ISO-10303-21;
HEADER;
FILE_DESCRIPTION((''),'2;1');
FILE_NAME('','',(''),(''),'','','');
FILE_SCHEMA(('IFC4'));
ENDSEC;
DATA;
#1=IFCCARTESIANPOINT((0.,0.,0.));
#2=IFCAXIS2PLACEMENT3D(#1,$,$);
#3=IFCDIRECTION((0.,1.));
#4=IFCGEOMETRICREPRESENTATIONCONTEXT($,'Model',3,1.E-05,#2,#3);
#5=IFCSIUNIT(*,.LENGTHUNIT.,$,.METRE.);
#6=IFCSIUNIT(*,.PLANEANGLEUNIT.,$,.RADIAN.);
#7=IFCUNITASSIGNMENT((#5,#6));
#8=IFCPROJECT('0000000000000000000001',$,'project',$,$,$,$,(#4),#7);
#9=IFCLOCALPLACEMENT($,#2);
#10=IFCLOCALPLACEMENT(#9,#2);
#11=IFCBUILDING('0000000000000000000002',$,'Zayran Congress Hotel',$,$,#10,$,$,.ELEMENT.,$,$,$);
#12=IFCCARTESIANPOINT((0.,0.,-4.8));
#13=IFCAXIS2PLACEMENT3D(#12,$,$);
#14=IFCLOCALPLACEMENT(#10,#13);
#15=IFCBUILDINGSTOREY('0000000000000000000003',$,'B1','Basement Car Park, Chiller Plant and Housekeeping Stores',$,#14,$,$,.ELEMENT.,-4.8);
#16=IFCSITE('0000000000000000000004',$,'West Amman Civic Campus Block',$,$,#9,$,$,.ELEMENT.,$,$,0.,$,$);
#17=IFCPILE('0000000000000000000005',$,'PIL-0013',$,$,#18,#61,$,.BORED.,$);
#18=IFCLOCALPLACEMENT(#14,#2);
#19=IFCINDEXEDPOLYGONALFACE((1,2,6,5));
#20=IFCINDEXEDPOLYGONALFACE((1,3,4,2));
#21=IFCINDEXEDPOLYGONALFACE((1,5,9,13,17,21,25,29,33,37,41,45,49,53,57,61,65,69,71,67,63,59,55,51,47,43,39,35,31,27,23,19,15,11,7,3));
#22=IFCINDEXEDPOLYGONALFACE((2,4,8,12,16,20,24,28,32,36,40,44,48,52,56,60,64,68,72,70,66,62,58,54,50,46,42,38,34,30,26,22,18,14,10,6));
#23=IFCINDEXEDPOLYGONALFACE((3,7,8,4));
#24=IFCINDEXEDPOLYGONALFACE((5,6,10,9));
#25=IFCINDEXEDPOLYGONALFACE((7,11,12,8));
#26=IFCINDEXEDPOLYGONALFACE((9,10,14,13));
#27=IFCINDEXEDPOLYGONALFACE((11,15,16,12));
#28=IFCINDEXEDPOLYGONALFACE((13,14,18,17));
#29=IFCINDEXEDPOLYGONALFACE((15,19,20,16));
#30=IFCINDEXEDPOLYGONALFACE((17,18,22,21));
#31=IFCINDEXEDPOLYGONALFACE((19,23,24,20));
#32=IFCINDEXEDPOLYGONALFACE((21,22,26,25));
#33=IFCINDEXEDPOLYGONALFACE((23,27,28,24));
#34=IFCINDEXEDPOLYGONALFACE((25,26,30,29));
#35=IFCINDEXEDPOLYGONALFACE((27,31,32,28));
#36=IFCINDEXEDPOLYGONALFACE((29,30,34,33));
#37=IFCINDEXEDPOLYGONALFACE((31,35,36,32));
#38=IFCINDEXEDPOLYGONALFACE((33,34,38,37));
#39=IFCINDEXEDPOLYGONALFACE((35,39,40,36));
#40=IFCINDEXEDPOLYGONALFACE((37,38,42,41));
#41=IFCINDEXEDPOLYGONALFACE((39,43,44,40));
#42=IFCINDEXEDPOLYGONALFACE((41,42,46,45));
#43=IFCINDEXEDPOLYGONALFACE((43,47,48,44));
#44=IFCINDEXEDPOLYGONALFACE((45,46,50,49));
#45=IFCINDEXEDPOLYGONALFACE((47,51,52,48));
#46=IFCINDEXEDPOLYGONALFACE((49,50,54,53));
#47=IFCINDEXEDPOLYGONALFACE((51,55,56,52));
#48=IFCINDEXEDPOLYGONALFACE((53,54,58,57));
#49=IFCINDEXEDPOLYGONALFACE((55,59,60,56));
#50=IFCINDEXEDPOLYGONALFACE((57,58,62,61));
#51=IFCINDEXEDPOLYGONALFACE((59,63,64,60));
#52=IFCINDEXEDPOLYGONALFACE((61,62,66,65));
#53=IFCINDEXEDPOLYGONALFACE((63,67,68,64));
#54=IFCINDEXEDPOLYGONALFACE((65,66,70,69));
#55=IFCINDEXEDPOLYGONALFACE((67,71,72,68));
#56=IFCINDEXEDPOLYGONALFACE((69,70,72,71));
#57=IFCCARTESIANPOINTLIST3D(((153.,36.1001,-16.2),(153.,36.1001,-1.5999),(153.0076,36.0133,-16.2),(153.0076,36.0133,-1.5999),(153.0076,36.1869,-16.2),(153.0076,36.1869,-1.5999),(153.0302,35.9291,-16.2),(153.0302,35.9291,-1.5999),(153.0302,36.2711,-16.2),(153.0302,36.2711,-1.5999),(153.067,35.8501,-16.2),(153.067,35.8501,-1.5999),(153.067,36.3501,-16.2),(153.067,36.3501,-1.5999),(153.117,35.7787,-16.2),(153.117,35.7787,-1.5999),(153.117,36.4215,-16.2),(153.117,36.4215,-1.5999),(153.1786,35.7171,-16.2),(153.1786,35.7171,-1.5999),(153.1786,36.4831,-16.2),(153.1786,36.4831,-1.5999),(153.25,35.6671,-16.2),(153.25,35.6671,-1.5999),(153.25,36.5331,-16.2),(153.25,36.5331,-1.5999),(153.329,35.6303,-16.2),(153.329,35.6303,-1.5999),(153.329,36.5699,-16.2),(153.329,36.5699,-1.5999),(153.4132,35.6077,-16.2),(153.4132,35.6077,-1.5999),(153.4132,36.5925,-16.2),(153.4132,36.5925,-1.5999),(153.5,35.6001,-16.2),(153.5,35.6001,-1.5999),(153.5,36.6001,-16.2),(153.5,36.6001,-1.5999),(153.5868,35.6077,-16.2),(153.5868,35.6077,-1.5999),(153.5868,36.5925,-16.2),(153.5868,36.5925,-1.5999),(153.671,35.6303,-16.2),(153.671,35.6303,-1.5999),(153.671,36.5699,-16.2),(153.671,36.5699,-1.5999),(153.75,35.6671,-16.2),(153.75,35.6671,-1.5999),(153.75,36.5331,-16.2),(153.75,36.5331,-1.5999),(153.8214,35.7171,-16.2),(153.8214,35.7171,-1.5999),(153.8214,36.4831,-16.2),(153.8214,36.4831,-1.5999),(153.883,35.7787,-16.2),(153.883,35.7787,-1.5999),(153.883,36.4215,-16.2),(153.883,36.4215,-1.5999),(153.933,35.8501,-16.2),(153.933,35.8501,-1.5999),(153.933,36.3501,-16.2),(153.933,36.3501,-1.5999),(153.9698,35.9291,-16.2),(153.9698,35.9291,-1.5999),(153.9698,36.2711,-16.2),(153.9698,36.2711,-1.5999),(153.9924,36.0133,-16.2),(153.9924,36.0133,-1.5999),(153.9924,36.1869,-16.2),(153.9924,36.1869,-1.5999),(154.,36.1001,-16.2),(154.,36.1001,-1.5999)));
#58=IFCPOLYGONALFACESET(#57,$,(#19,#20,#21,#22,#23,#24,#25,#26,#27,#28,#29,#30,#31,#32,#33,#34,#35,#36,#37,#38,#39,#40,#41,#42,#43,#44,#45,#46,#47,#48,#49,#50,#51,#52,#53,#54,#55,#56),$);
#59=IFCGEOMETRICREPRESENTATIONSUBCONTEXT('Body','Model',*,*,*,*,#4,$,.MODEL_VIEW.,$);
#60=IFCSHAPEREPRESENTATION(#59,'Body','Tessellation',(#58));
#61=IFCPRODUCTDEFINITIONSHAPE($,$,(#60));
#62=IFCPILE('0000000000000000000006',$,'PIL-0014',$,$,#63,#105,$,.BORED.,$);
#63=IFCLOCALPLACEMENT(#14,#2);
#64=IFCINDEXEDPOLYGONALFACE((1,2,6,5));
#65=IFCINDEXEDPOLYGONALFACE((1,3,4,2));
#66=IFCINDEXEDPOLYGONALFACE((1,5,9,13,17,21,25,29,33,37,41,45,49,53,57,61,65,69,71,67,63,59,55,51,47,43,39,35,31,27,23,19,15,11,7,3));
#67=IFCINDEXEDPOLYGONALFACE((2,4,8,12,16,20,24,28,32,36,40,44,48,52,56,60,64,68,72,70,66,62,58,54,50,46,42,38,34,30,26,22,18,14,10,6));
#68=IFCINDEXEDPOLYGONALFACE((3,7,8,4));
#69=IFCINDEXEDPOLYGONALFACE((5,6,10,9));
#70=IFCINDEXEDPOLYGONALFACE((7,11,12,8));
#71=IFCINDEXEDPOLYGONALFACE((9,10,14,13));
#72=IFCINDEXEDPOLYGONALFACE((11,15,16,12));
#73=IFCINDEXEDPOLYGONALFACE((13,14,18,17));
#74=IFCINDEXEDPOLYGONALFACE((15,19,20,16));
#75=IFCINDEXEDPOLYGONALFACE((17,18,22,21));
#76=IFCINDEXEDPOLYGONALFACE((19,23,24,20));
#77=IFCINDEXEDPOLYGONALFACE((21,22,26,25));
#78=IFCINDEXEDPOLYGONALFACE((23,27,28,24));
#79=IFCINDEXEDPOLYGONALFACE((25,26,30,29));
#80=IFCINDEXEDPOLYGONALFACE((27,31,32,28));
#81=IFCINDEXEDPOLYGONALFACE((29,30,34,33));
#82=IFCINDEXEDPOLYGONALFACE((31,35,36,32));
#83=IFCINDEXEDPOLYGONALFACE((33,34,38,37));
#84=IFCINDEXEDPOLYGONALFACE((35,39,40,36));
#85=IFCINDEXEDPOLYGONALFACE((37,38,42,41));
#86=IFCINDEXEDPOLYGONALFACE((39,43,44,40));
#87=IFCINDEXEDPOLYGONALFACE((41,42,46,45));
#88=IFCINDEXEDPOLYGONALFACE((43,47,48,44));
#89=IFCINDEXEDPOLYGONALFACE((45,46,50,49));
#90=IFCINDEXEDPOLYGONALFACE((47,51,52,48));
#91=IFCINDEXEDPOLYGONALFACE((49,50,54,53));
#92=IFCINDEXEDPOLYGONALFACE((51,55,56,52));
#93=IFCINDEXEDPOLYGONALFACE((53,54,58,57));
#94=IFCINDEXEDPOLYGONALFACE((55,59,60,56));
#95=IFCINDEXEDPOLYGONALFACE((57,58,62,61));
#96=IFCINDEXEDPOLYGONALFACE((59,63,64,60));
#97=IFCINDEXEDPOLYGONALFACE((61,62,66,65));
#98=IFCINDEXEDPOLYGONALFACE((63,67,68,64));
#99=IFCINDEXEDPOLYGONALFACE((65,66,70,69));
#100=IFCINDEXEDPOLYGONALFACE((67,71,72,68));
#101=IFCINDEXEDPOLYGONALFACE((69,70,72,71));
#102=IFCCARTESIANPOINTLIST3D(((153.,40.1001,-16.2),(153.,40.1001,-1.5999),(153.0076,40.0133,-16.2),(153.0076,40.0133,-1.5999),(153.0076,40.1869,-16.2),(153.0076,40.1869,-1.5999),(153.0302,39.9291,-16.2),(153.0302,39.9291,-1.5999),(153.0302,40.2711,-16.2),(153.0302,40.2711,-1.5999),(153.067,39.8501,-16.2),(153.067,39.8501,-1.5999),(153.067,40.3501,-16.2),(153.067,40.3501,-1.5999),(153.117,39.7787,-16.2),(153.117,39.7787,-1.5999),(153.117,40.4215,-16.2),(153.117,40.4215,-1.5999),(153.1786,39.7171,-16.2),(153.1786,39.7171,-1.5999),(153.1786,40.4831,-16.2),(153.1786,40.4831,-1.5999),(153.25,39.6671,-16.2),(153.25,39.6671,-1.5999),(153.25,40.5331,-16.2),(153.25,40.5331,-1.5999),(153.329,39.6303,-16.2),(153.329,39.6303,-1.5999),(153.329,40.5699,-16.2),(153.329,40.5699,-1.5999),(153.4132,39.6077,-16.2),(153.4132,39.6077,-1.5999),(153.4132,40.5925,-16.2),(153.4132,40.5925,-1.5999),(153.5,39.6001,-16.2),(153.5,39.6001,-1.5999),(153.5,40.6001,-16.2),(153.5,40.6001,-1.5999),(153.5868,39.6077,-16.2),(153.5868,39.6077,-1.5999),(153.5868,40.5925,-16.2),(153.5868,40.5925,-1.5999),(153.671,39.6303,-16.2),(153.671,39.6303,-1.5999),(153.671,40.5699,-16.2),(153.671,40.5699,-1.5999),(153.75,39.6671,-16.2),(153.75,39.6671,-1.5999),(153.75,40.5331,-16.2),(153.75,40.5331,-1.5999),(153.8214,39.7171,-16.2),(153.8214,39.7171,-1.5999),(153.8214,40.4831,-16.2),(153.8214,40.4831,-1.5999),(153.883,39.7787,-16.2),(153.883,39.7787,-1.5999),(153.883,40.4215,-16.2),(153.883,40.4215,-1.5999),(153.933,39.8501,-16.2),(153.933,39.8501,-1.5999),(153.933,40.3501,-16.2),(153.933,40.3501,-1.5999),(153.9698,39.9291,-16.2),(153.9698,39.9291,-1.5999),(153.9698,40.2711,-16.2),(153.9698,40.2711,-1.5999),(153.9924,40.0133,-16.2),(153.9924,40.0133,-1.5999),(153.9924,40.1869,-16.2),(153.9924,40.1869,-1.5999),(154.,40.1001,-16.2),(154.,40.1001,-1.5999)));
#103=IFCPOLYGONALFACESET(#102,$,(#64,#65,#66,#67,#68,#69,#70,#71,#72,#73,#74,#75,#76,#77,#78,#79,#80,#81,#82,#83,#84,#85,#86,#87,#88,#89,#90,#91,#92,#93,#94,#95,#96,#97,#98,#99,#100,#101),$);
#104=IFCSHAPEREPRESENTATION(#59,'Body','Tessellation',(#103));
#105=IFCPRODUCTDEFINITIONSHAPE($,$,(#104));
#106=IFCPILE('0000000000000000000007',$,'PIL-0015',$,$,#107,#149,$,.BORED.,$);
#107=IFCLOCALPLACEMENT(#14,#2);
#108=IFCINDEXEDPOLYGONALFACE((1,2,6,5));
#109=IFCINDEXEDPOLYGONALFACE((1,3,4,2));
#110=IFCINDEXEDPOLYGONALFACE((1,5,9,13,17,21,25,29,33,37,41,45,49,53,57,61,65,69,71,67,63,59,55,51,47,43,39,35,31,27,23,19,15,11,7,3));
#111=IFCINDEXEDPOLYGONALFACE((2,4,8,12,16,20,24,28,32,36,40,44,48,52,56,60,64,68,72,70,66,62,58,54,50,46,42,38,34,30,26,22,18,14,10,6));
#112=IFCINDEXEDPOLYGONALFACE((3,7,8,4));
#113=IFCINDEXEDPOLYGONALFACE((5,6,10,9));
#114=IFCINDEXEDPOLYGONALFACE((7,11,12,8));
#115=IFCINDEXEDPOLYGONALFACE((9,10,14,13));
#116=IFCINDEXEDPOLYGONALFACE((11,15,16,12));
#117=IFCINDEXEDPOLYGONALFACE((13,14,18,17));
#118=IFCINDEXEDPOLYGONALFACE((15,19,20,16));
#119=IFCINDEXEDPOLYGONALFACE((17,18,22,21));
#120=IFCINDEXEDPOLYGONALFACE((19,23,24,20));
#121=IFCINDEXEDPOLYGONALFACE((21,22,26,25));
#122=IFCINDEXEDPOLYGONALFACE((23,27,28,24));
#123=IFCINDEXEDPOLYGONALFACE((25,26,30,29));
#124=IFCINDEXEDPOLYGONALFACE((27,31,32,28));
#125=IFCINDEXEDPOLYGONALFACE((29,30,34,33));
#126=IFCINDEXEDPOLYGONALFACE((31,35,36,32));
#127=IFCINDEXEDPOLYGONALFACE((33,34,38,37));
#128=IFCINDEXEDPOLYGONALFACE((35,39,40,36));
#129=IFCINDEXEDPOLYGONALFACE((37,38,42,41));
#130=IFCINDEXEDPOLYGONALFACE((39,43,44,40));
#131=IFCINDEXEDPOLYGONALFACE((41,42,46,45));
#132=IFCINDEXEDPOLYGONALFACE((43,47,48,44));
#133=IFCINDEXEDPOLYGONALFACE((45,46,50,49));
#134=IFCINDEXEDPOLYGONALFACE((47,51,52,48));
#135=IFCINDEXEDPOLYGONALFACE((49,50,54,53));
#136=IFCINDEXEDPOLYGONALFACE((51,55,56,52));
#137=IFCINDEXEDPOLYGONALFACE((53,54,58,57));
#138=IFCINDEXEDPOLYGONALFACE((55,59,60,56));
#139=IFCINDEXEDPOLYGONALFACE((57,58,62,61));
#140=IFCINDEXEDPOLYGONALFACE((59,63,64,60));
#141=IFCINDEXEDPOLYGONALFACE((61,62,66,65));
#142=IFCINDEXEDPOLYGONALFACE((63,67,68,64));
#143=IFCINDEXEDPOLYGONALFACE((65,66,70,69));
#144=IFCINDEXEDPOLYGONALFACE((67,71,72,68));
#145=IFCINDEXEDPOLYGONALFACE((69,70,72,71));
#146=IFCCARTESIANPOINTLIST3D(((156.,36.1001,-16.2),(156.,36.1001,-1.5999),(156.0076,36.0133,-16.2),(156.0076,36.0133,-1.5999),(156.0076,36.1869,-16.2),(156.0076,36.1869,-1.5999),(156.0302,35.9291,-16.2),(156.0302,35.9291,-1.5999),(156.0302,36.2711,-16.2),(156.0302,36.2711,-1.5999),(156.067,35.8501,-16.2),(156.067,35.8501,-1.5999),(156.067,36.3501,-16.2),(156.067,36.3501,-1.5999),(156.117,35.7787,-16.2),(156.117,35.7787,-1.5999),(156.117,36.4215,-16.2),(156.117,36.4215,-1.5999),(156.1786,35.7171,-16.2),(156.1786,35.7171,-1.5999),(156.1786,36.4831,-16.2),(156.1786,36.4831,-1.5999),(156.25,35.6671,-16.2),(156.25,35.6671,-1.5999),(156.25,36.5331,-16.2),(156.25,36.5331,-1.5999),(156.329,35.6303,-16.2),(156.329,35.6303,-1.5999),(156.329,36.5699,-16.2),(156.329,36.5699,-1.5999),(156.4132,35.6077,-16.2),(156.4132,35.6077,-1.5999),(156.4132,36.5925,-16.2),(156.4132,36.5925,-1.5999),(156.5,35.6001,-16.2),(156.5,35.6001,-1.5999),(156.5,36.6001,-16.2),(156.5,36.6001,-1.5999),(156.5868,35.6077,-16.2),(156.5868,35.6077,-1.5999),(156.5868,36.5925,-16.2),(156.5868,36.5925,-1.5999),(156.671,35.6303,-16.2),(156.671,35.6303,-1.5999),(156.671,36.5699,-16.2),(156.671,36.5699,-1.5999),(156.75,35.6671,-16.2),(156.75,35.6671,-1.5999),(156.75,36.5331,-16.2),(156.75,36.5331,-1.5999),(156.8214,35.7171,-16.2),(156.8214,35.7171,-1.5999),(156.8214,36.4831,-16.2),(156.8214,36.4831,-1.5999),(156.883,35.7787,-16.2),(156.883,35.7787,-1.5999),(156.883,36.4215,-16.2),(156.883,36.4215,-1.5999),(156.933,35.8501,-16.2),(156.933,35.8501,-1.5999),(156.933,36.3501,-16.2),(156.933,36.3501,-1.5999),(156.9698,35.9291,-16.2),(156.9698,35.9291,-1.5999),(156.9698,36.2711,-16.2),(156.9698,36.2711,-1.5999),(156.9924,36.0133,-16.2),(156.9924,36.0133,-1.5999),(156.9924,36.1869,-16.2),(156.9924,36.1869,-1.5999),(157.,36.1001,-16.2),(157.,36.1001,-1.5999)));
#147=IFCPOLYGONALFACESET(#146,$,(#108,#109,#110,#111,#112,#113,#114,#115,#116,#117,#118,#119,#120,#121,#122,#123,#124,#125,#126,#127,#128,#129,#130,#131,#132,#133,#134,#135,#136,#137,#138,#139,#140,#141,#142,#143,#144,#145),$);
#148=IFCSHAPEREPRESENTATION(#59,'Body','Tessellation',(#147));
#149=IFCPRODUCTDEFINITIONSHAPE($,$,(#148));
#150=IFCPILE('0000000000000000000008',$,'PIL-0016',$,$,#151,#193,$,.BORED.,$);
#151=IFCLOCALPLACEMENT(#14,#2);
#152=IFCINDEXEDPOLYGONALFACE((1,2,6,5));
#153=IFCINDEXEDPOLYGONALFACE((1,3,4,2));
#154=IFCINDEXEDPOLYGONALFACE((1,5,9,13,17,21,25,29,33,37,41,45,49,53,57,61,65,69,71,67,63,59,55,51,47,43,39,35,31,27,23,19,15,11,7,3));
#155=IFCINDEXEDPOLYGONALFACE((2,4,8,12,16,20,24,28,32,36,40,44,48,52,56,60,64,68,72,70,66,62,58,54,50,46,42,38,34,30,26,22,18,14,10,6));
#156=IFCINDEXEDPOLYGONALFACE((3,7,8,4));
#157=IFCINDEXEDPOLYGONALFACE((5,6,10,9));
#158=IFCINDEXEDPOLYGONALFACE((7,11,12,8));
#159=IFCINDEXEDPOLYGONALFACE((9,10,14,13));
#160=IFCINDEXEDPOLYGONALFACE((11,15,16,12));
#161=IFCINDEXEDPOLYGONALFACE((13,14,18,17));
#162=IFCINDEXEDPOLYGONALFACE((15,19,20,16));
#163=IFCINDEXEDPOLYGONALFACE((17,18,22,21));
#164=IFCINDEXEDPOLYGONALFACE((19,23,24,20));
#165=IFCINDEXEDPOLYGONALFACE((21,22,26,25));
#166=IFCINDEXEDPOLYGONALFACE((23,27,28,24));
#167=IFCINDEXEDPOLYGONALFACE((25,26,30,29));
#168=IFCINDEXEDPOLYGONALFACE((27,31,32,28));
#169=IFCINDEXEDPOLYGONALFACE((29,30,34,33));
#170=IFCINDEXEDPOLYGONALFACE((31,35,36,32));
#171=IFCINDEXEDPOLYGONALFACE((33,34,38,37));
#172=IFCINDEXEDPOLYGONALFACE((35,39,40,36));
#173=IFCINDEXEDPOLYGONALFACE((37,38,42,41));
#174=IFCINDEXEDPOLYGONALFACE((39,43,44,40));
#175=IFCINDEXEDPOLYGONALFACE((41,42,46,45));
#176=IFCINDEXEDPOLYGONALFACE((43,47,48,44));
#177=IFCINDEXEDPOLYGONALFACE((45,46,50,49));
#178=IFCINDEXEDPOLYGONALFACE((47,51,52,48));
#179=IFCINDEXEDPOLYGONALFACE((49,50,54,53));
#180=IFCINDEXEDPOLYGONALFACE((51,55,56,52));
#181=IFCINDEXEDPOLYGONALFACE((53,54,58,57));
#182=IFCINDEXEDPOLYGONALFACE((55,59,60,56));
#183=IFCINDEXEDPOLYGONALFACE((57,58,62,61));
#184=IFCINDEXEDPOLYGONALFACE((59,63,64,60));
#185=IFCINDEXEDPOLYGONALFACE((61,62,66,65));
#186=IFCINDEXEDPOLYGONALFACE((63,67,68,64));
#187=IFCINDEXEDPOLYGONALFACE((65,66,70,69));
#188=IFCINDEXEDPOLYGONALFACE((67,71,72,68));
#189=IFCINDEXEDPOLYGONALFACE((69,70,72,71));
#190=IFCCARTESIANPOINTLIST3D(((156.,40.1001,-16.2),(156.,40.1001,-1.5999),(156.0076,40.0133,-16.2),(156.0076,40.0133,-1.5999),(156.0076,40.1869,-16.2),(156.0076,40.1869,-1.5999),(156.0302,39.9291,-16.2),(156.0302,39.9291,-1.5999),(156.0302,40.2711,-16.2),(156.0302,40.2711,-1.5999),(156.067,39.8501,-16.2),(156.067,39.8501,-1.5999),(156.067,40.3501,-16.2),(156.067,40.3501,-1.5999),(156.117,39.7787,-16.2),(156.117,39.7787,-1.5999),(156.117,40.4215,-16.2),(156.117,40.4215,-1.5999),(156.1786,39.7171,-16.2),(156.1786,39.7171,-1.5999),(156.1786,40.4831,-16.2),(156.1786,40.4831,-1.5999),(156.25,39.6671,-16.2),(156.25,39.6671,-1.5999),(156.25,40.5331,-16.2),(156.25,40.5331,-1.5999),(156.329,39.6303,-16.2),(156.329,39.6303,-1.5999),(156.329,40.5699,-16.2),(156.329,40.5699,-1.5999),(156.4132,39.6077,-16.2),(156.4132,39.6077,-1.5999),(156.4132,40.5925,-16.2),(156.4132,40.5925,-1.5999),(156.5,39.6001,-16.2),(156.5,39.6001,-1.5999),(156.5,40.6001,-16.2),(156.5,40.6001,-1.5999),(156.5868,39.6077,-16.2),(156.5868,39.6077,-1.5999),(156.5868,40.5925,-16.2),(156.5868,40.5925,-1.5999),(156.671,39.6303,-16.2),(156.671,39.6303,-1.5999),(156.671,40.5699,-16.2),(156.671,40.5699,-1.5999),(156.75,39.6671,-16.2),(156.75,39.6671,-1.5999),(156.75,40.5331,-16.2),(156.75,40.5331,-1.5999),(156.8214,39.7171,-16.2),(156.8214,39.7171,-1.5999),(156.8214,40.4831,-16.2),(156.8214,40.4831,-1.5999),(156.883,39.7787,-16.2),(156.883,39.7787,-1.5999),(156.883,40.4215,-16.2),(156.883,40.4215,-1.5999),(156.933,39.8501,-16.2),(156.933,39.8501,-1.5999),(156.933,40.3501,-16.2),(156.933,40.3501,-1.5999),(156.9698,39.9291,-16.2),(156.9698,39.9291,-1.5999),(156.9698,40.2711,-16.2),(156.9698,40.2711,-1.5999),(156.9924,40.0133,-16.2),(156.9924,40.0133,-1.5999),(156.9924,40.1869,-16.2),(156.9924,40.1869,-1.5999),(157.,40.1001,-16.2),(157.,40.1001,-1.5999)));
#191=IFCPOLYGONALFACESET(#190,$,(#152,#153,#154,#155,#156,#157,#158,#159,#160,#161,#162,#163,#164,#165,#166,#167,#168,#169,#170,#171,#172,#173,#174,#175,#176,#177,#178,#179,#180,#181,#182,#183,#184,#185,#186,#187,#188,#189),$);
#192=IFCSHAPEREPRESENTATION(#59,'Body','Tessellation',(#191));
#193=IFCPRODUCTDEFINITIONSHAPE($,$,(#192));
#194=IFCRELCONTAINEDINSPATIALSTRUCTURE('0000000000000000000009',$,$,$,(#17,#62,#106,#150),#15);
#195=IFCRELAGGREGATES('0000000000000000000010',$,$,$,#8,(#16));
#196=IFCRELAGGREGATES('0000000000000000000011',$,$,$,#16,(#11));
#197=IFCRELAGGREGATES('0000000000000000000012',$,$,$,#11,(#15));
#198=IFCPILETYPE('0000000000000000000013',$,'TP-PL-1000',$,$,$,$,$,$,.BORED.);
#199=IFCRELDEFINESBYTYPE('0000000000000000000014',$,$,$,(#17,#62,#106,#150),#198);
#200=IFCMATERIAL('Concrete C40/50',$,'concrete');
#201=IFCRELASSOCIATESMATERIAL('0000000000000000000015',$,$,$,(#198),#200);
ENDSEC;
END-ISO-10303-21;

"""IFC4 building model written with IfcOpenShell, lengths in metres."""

from ifc_helpers import new_model, si_unit, direction, frame, origin, origin_2d, place, context, subcontext, project, spatial, circle, extrude, material, material_profile, profile_set, type_object, element, save


model = new_model("IFC4")

# Units and contexts
model_context = context("Model", 3, precision=1e-05, world=origin(), true_north=direction((0.0, 1.0)))
body_context = subcontext(model_context, "Body", "Model", "MODEL_VIEW")
ifc_project = project(units=[si_unit("LENGTHUNIT", "METRE"), si_unit("PLANEANGLEUNIT", "RADIAN")], contexts=[model_context])

# Site, building, storey
site_placement = place(None, origin())
site = spatial("IfcSite", under=ifc_project, at=site_placement, Name="West Amman Civic Campus Block", CompositionType="ELEMENT", RefElevation=0.0)
building_placement = place(site_placement, origin())
building = spatial("IfcBuilding", under=site, at=building_placement, Name="Zayran Congress Hotel", CompositionType="ELEMENT")
storey_placement = place(building_placement, frame((0.0, 0.0, -4.8)))
storey = spatial("IfcBuildingStorey", under=building, at=storey_placement, Name="B1", Description="Basement Car Park, Chiller Plant and Housekeeping Stores", CompositionType="ELEMENT", Elevation=-4.8)

# Piles
ifc_material_1 = material(Name="Concrete C40/50", Category="concrete")
ifc_material_profile_1 = material_profile(ifc_material_1, circle(Radius=0.5, at=origin_2d()), Name="PILE D1000")
ifc_profile_set_1 = profile_set([ifc_material_profile_1], Name="Concrete C40/50")
pile_type_1 = type_object("IfcPileType", Name="TP-PL-1000", PredefinedType="BORED", material=ifc_profile_set_1)
for number, where, z_axis, x_axis, name in (
    (1, (153.5, 36.1001, -1.5999), (0.0, 0.0, -1.0), (1.0, 0.0, 0.0), "PIL-0013"),
    (2, (153.5, 40.1001, -1.5999), (0.0, 0.0, -1.0), (1.0, 0.0, 0.0), "PIL-0014"),
    (3, (156.5, 36.1001, -1.5999), (0.0, 0.0, -1.0), (1.0, 0.0, 0.0), "PIL-0015"),
    (4, (156.5, 40.1001, -1.5999), (0.0, 0.0, -1.0), (1.0, 0.0, 0.0), "PIL-0016"),
):
    element("IfcPile", number, at=place(storey_placement, frame(where, z_axis=z_axis, x_axis=x_axis)), inside=storey, type_object=pile_type_1, Name=name, PredefinedType="BORED", context=body_context, shape_type="SweptSolid", body=[
        extrude(circle(Radius=0.5, at=origin_2d()), origin(), (0.0, 0.0, 1.0), 14.6001),
    ])

save(model, "model.ifc")
